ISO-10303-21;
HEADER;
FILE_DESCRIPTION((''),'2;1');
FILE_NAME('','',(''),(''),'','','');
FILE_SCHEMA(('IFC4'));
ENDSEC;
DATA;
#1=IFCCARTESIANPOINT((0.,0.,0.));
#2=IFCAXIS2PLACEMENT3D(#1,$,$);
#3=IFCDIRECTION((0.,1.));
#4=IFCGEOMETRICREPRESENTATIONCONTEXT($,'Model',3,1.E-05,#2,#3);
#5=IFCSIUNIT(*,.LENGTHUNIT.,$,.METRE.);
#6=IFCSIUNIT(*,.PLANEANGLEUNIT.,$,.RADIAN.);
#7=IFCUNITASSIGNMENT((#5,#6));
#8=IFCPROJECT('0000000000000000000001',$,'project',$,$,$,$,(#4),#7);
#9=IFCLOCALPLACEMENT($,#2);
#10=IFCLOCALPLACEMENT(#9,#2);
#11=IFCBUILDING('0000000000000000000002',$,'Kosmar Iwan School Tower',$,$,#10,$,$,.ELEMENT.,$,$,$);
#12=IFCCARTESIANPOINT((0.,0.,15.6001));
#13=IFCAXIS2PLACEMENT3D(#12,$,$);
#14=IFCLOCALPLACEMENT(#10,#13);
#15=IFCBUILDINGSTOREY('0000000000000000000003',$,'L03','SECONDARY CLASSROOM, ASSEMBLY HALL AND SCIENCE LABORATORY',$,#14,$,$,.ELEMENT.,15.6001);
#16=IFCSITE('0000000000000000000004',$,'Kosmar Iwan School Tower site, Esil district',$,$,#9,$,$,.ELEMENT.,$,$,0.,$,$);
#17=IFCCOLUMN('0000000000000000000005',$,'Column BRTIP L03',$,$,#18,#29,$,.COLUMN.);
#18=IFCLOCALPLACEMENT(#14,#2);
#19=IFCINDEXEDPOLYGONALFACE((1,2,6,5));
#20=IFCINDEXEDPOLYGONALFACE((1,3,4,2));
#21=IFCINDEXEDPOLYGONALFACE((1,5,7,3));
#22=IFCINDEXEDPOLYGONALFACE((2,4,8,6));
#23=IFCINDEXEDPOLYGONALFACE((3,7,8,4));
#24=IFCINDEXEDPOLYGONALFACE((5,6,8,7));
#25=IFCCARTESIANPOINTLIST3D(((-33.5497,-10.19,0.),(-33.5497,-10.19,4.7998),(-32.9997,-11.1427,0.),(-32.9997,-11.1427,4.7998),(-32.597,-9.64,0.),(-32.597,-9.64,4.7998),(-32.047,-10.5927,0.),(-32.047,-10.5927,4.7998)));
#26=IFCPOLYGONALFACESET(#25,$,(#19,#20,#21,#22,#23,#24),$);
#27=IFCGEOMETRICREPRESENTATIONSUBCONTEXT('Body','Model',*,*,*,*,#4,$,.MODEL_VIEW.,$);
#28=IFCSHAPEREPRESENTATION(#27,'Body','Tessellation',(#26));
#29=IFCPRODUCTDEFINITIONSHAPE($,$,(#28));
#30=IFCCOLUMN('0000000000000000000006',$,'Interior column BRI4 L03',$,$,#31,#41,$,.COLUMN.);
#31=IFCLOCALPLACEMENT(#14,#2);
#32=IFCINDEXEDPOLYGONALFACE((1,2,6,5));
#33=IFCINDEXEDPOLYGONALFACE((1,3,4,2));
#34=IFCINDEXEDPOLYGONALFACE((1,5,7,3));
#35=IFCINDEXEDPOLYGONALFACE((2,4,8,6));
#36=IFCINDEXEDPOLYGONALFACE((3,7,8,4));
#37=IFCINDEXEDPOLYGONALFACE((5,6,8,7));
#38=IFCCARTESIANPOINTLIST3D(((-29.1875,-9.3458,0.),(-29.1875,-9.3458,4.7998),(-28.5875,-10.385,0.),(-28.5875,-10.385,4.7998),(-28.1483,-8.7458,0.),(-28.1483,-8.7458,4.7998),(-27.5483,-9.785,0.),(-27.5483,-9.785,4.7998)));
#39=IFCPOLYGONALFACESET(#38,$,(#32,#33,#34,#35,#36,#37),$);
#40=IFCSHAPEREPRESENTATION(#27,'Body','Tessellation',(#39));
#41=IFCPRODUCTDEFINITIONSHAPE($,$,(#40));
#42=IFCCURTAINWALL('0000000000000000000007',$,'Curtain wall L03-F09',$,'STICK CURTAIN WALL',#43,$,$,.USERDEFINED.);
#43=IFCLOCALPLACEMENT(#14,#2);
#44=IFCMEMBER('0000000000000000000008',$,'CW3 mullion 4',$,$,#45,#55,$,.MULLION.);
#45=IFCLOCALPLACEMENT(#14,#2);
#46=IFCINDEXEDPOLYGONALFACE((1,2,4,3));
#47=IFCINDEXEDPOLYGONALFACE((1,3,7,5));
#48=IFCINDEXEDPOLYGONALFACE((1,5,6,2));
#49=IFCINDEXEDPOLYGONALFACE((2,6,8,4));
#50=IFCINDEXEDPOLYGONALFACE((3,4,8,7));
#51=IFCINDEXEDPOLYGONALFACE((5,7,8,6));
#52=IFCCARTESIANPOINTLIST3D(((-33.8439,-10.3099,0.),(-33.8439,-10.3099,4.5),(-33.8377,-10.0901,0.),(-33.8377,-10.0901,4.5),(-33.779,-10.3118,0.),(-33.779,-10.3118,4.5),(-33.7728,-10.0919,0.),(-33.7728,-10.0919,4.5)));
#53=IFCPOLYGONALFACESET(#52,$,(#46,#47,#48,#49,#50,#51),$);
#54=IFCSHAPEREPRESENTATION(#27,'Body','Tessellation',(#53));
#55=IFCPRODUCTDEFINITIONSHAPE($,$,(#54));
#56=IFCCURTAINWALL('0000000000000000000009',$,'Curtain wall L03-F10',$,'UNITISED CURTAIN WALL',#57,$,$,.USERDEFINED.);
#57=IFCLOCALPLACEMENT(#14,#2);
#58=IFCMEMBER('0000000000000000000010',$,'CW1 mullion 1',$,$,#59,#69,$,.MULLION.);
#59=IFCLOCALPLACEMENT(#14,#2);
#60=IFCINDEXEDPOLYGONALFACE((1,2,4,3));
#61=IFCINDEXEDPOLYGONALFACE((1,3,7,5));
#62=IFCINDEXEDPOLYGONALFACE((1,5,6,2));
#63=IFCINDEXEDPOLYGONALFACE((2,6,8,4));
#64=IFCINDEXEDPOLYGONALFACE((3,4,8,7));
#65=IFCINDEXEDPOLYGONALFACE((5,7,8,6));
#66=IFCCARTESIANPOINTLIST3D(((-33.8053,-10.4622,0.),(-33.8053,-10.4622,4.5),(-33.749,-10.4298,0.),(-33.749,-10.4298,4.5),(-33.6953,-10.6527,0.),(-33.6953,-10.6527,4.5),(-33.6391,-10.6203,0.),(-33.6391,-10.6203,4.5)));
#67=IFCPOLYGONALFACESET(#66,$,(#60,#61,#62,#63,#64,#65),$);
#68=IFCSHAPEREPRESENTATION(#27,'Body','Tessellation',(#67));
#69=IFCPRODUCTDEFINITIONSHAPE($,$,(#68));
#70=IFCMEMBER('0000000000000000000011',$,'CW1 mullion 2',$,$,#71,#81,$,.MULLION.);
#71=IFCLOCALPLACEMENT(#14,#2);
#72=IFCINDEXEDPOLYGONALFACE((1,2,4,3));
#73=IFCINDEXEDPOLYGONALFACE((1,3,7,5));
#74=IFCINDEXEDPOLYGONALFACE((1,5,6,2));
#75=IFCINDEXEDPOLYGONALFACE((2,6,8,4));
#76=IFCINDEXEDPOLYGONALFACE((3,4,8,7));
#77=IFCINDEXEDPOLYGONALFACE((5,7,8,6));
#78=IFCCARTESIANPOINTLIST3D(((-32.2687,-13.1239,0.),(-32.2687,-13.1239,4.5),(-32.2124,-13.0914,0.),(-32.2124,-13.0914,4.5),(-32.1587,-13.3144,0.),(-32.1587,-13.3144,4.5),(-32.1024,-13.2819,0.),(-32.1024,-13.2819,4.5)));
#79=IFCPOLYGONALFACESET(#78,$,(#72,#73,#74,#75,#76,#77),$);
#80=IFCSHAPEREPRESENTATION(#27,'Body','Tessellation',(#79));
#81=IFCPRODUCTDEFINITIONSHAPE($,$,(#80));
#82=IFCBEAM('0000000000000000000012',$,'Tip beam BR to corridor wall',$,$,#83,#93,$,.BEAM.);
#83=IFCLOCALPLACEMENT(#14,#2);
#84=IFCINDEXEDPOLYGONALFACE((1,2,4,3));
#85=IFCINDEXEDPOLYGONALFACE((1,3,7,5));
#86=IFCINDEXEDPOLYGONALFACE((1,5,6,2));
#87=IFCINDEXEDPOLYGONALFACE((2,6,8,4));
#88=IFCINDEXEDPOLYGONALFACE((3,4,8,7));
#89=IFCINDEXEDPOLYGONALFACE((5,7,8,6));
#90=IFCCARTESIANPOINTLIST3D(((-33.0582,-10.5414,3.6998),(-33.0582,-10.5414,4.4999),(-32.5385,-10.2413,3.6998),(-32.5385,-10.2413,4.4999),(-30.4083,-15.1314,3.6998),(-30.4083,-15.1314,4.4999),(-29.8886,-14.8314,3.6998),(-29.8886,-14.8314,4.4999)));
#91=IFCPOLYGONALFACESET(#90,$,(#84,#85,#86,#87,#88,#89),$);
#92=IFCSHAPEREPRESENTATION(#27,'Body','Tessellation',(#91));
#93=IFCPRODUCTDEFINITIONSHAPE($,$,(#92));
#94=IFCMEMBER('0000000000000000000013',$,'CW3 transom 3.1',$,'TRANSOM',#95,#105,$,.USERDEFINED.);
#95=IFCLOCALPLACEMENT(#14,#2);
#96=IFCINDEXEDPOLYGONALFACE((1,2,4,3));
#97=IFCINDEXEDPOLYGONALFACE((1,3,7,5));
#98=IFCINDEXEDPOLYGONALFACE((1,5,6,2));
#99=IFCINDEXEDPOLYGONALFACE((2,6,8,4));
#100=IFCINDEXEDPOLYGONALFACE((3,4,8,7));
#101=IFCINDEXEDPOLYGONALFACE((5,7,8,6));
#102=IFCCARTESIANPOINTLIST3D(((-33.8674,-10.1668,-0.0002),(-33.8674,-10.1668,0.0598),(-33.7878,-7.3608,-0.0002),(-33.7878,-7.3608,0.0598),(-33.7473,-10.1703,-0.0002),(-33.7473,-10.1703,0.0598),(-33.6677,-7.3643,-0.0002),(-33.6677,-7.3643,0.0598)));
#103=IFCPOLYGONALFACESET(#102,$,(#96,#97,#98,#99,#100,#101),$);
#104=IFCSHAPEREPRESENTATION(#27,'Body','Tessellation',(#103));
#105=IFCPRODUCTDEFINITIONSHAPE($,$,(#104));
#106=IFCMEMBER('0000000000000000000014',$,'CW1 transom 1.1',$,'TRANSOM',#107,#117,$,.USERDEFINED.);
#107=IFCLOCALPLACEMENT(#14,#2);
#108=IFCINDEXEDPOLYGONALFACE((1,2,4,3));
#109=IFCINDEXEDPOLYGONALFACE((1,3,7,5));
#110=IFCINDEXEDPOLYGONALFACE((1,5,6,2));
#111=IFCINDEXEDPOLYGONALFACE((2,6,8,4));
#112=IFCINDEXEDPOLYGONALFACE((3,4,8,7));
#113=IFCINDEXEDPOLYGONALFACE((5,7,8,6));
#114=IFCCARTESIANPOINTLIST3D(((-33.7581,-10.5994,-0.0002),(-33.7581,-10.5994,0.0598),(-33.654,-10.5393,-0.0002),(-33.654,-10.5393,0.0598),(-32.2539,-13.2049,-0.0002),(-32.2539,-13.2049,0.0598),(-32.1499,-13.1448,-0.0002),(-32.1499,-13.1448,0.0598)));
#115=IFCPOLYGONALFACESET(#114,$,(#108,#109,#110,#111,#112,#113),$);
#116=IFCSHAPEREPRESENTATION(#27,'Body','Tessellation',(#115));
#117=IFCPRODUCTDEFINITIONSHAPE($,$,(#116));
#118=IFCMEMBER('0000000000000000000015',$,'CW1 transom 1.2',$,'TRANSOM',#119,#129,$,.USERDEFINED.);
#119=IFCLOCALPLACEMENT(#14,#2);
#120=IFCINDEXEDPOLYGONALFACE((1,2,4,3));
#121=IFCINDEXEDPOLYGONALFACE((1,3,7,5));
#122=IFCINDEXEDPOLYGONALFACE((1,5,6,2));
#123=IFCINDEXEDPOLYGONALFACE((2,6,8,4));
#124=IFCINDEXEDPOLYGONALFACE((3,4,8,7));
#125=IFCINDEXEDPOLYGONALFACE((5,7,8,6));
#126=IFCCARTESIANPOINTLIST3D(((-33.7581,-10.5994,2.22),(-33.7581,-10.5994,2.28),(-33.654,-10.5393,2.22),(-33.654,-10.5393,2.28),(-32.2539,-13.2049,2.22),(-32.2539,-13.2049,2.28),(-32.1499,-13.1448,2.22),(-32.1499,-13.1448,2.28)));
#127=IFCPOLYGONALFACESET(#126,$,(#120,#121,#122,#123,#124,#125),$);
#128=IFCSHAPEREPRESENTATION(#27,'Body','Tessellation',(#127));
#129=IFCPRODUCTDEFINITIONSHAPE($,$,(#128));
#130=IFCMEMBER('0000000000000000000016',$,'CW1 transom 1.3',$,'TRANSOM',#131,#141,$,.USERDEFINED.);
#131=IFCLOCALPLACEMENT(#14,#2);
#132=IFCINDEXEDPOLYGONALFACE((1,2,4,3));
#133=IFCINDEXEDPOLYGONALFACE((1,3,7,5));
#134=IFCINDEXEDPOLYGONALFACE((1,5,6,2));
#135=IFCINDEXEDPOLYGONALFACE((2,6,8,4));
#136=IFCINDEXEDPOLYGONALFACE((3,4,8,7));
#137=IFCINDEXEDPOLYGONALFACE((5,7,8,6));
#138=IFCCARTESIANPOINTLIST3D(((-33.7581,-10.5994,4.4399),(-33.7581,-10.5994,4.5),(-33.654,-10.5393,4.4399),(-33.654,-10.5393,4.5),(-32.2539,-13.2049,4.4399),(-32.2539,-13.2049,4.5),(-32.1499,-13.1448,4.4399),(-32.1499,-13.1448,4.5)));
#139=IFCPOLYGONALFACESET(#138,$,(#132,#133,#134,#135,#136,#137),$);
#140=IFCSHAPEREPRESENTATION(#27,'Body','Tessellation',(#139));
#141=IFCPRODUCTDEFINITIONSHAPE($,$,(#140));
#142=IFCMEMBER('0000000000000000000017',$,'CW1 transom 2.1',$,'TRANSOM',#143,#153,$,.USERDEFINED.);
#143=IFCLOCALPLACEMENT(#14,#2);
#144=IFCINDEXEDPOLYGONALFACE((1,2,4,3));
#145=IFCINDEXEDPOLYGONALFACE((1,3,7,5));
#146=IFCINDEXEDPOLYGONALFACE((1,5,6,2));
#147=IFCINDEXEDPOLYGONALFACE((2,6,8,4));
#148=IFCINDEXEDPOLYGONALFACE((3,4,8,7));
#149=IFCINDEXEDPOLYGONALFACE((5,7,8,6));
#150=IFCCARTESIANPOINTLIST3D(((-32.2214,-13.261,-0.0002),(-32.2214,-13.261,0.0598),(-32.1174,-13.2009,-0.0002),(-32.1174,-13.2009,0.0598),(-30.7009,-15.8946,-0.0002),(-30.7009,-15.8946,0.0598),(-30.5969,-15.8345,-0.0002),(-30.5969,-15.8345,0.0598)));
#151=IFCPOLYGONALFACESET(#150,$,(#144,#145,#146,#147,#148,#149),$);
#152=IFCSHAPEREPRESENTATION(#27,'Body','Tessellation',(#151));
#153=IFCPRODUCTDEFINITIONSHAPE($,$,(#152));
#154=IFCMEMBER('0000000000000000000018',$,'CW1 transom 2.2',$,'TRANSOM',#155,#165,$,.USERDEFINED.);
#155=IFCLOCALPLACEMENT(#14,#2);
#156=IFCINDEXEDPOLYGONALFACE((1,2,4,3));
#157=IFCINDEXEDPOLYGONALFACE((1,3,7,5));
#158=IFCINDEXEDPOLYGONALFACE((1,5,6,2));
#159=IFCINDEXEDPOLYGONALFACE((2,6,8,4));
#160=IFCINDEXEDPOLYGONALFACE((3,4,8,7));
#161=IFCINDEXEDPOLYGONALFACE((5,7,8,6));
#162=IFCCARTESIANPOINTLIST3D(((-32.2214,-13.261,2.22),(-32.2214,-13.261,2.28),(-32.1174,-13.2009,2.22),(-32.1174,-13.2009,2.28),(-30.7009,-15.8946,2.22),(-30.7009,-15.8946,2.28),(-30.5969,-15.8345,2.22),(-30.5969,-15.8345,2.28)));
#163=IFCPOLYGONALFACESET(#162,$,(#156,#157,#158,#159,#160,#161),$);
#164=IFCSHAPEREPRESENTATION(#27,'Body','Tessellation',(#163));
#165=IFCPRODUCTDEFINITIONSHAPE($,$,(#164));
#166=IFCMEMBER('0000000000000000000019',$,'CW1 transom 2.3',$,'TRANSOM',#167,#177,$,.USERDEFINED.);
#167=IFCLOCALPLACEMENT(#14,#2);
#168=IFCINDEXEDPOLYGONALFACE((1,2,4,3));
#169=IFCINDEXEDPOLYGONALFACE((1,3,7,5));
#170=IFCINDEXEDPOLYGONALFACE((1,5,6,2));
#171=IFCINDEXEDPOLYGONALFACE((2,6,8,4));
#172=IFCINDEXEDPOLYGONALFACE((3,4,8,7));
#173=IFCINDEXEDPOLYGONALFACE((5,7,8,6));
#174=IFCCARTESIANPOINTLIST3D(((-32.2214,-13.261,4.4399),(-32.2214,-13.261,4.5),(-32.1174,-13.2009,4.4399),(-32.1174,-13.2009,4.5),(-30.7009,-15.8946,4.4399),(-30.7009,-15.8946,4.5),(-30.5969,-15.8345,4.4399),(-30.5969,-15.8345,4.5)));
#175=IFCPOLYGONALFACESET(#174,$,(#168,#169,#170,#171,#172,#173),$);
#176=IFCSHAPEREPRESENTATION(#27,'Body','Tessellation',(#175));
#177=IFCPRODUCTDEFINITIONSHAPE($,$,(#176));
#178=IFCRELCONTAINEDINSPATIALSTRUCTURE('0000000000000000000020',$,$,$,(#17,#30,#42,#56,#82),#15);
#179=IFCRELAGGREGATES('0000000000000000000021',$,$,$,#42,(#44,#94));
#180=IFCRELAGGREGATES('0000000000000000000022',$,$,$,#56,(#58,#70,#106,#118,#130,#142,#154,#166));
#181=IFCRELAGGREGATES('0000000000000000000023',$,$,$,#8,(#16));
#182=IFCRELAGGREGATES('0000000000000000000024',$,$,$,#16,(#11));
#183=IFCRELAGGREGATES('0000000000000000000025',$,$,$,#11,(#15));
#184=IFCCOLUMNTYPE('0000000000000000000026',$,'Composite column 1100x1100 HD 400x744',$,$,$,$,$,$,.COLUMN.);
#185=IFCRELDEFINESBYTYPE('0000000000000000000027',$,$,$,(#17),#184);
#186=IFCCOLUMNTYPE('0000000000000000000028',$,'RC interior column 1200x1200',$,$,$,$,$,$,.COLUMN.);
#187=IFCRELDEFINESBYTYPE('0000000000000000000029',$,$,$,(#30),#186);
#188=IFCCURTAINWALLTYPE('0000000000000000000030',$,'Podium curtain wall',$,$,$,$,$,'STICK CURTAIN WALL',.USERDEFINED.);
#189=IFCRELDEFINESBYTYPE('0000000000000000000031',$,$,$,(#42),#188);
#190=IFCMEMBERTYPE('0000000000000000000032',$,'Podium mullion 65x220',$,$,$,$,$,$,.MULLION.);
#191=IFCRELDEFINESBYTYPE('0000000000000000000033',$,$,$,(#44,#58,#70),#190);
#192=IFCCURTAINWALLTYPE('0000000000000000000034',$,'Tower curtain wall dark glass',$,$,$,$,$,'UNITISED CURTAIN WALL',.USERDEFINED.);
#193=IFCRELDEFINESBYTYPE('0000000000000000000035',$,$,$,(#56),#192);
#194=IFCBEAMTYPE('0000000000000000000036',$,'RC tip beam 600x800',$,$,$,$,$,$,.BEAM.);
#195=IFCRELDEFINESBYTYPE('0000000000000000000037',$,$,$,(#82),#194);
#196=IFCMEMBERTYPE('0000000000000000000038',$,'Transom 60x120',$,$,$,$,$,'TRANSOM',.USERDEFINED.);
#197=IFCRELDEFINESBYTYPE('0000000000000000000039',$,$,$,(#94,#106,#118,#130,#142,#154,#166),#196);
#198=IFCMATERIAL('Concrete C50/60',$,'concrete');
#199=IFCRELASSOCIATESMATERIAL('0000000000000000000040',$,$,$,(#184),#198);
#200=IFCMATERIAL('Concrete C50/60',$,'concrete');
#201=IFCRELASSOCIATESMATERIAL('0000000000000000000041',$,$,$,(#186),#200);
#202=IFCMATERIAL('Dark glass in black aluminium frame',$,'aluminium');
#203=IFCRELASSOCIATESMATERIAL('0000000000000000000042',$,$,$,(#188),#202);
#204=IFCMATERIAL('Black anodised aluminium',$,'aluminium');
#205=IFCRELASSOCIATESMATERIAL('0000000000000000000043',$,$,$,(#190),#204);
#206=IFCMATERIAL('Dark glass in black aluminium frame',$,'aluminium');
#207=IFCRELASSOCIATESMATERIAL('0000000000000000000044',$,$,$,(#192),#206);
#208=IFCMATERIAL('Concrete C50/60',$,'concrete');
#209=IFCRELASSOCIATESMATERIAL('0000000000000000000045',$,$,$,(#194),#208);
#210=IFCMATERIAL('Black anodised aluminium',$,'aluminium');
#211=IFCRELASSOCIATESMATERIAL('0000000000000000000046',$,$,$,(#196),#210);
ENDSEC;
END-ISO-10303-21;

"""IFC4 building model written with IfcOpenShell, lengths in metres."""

from ifc_helpers import new_model, si_unit, direction, frame, origin, origin_2d, place, context, subcontext, project, spatial, rectangle, extrude, material, material_profile, profile_set, type_object, element, aggregate, save


model = new_model("IFC4")

# Units and contexts
model_context = context("Model", 3, precision=1e-05, world=origin(), true_north=direction((0.0, 1.0)))
body_context = subcontext(model_context, "Body", "Model", "MODEL_VIEW")
ifc_project = project(units=[si_unit("LENGTHUNIT", "METRE"), si_unit("PLANEANGLEUNIT", "RADIAN")], contexts=[model_context])

# Site, building, storey
site_placement = place(None, origin())
site = spatial("IfcSite", under=ifc_project, at=site_placement, Name="Kosmar Iwan School Tower site, Esil district", CompositionType="ELEMENT", RefElevation=0.0)
building_placement = place(site_placement, origin())
building = spatial("IfcBuilding", under=site, at=building_placement, Name="Kosmar Iwan School Tower", CompositionType="ELEMENT")
storey_placement = place(building_placement, frame((0.0, 0.0, 15.6001)))
storey = spatial("IfcBuildingStorey", under=building, at=storey_placement, Name="L03", Description="SECONDARY CLASSROOM, ASSEMBLY HALL AND SCIENCE LABORATORY", CompositionType="ELEMENT", Elevation=15.6001)

# Columns
ifc_material_1 = material(Name="Concrete C50/60", Category="concrete")
ifc_material_profile_1 = material_profile(ifc_material_1, rectangle(XDim=1.1001, YDim=1.1001, at=origin_2d()), Name="RC 1100x1100 + HD 400x744")
ifc_profile_set_1 = profile_set([ifc_material_profile_1], Name="Concrete C50/60")
column_type_1 = type_object("IfcColumnType", Name="Composite column 1100x1100 HD 400x744", PredefinedType="COLUMN", material=ifc_profile_set_1)
column_1_placement = place(storey_placement, frame((-32.7983, -10.3914, 0.0), z_axis=(0.0, 0.0, 1.0), x_axis=(-0.866025, -0.5, 0.0)))
element("IfcColumn", 1, at=column_1_placement, inside=storey, type_object=column_type_1, Name="Column BRTIP L03", PredefinedType="COLUMN", context=body_context, shape_type="SweptSolid", body=[
    extrude(rectangle(XDim=1.1001, YDim=1.1001, at=origin_2d()), origin(), (0.0, 0.0, 1.0), 4.7998),
])
ifc_material_2 = material(Name="Concrete C50/60", Category="concrete")
ifc_material_profile_2 = material_profile(ifc_material_2, rectangle(XDim=1.2, YDim=1.2, at=origin_2d()), Name="RC 1200x1200")
ifc_profile_set_2 = profile_set([ifc_material_profile_2], Name="Concrete C50/60")
column_type_2 = type_object("IfcColumnType", Name="RC interior column 1200x1200", PredefinedType="COLUMN", material=ifc_profile_set_2)
column_2_placement = place(storey_placement, frame((-28.3679, -9.5654, 0.0), z_axis=(0.0, 0.0, 1.0), x_axis=(-0.866025, -0.5, 0.0)))
element("IfcColumn", 2, at=column_2_placement, inside=storey, type_object=column_type_2, Name="Interior column BRI4 L03", PredefinedType="COLUMN", context=body_context, shape_type="SweptSolid", body=[
    extrude(rectangle(XDim=1.2, YDim=1.2, at=origin_2d()), origin(), (0.0, 0.0, 1.0), 4.7998),
])

# Curtain wall, member
ifc_material_3 = material(Name="Dark glass in black aluminium frame", Category="aluminium")
curtain_wall_type_1 = type_object("IfcCurtainWallType", Name="Podium curtain wall", ElementType="STICK CURTAIN WALL", PredefinedType="USERDEFINED", material=ifc_material_3)
curtain_wall_1_placement = place(storey_placement, origin())
curtain_wall_1 = element("IfcCurtainWall", 3, at=curtain_wall_1_placement, inside=storey, type_object=curtain_wall_type_1, Name="Curtain wall L03-F09", ObjectType="STICK CURTAIN WALL", PredefinedType="USERDEFINED")
ifc_material_4 = material(Name="Black anodised aluminium", Category="aluminium")
ifc_material_profile_3 = material_profile(ifc_material_4, rectangle(XDim=0.0649, YDim=0.22, at=origin_2d()), Name="MULLION 65x220")
ifc_profile_set_3 = profile_set([ifc_material_profile_3], Name="Black anodised aluminium")
member_type_1 = type_object("IfcMemberType", Name="Podium mullion 65x220", PredefinedType="MULLION", material=ifc_profile_set_3)
member_1_placement = place(storey_placement, frame((-33.8083, -10.2009, 0.0), z_axis=(0.0, 0.0, 1.0), x_axis=(0.999597, -0.028386, 0.0)))
member_1 = element("IfcMember", 4, at=member_1_placement, type_object=member_type_1, Name="CW3 mullion 4", PredefinedType="MULLION", context=body_context, shape_type="SweptSolid", body=[
    extrude(rectangle(XDim=0.0649, YDim=0.22, at=origin_2d()), origin(), (0.0, 0.0, 1.0), 4.5),
])

# Curtain wall, members
ifc_material_5 = material(Name="Dark glass in black aluminium frame", Category="aluminium")
curtain_wall_type_2 = type_object("IfcCurtainWallType", Name="Tower curtain wall dark glass", ElementType="UNITISED CURTAIN WALL", PredefinedType="USERDEFINED", material=ifc_material_5)
curtain_wall_2_placement = place(storey_placement, origin())
curtain_wall_2 = element("IfcCurtainWall", 5, at=curtain_wall_2_placement, inside=storey, type_object=curtain_wall_type_2, Name="Curtain wall L03-F10", ObjectType="UNITISED CURTAIN WALL", PredefinedType="USERDEFINED")
member_2_placement = place(storey_placement, frame((-33.7222, -10.5413, 0.0), z_axis=(0.0, 0.0, 1.0), x_axis=(0.866025, 0.5, 0.0)))
member_2 = element("IfcMember", 6, at=member_2_placement, type_object=member_type_1, Name="CW1 mullion 1", PredefinedType="MULLION", context=body_context, shape_type="SweptSolid", body=[
    extrude(rectangle(XDim=0.0649, YDim=0.22, at=origin_2d()), origin(), (0.0, 0.0, 1.0), 4.5),
])
member_3_placement = place(storey_placement, frame((-32.1855, -13.2029, 0.0), z_axis=(0.0, 0.0, 1.0), x_axis=(0.866025, 0.5, 0.0)))
member_3 = element("IfcMember", 7, at=member_3_placement, type_object=member_type_1, Name="CW1 mullion 2", PredefinedType="MULLION", context=body_context, shape_type="SweptSolid", body=[
    extrude(rectangle(XDim=0.0649, YDim=0.22, at=origin_2d()), origin(), (0.0, 0.0, 1.0), 4.5),
])

# Beam
ifc_material_6 = material(Name="Concrete C50/60", Category="concrete")
ifc_material_profile_4 = material_profile(ifc_material_6, rectangle(XDim=0.6001, YDim=0.8, at=origin_2d()), Name="RC 600x800")
ifc_profile_set_4 = profile_set([ifc_material_profile_4], Name="Concrete C50/60")
beam_type = type_object("IfcBeamType", Name="RC tip beam 600x800", PredefinedType="BEAM", material=ifc_profile_set_4)
beam_placement = place(storey_placement, frame((-32.7983, -10.3914, 4.0999), z_axis=(0.499974, -0.866041, 0.0), x_axis=(0.866041, 0.499974, 0.0)))
element("IfcBeam", 8, at=beam_placement, inside=storey, type_object=beam_type, Name="Tip beam BR to corridor wall", PredefinedType="BEAM", context=body_context, shape_type="SweptSolid", body=[
    extrude(rectangle(XDim=0.6001, YDim=0.8, at=origin_2d()), origin(), (0.0, 0.0, 1.0), 5.3),
])

# Members
ifc_material_7 = material(Name="Black anodised aluminium", Category="aluminium")
ifc_material_profile_5 = material_profile(ifc_material_7, rectangle(XDim=0.1201, YDim=0.0601, at=origin_2d()), Name="TRANSOM 60x120")
ifc_profile_set_5 = profile_set([ifc_material_profile_5], Name="Black anodised aluminium")
member_type_2 = type_object("IfcMemberType", Name="Transom 60x120", ElementType="TRANSOM", PredefinedType="USERDEFINED", material=ifc_profile_set_5)
member_4_placement = place(storey_placement, frame((-33.7278, -7.3625, 0.0298), z_axis=(-0.028354, -0.999598, 0.0), x_axis=(0.999598, -0.028354, 0.0)))
member_4 = element("IfcMember", 9, at=member_4_placement, type_object=member_type_2, Name="CW3 transom 3.1", ObjectType="TRANSOM", PredefinedType="USERDEFINED", context=body_context, shape_type="SweptSolid", body=[
    extrude(rectangle(XDim=0.1201, YDim=0.0601, at=origin_2d()), origin(), (0.0, 0.0, 1.0), 2.8071),
])
member_5_placement = place(storey_placement, frame((-33.7061, -10.5693, 0.0298), z_axis=(0.499971, -0.866042, 0.0), x_axis=(0.866042, 0.499971, 0.0)))
member_5 = element("IfcMember", 10, at=member_5_placement, type_object=member_type_2, Name="CW1 transom 1.1", ObjectType="TRANSOM", PredefinedType="USERDEFINED", context=body_context, shape_type="SweptSolid", body=[
    extrude(rectangle(XDim=0.1201, YDim=0.0601, at=origin_2d()), origin(), (0.0, 0.0, 1.0), 3.0085),
])
member_6_placement = place(storey_placement, frame((-33.7061, -10.5693, 2.25), z_axis=(0.499971, -0.866042, 0.0), x_axis=(0.866042, 0.499971, 0.0)))
member_6 = element("IfcMember", 11, at=member_6_placement, type_object=member_type_2, Name="CW1 transom 1.2", ObjectType="TRANSOM", PredefinedType="USERDEFINED", context=body_context, shape_type="SweptSolid", body=[
    extrude(rectangle(XDim=0.1201, YDim=0.0601, at=origin_2d()), origin(), (0.0, 0.0, 1.0), 3.0085),
])
member_7_placement = place(storey_placement, frame((-33.7061, -10.5693, 4.47), z_axis=(0.499971, -0.866042, 0.0), x_axis=(0.866042, 0.499971, 0.0)))
member_7 = element("IfcMember", 12, at=member_7_placement, type_object=member_type_2, Name="CW1 transom 1.3", ObjectType="TRANSOM", PredefinedType="USERDEFINED", context=body_context, shape_type="SweptSolid", body=[
    extrude(rectangle(XDim=0.1201, YDim=0.0601, at=origin_2d()), origin(), (0.0, 0.0, 1.0), 3.0085),
])
member_8_placement = place(storey_placement, frame((-32.1694, -13.231, 0.0298), z_axis=(0.500007, -0.866021, 0.0), x_axis=(0.866021, 0.500007, 0.0)))
member_8 = element("IfcMember", 13, at=member_8_placement, type_object=member_type_2, Name="CW1 transom 2.1", ObjectType="TRANSOM", PredefinedType="USERDEFINED", context=body_context, shape_type="SweptSolid", body=[
    extrude(rectangle(XDim=0.1201, YDim=0.0601, at=origin_2d()), origin(), (0.0, 0.0, 1.0), 3.041),
])
member_9_placement = place(storey_placement, frame((-32.1694, -13.231, 2.25), z_axis=(0.500007, -0.866021, 0.0), x_axis=(0.866021, 0.500007, 0.0)))
member_9 = element("IfcMember", 14, at=member_9_placement, type_object=member_type_2, Name="CW1 transom 2.2", ObjectType="TRANSOM", PredefinedType="USERDEFINED", context=body_context, shape_type="SweptSolid", body=[
    extrude(rectangle(XDim=0.1201, YDim=0.0601, at=origin_2d()), origin(), (0.0, 0.0, 1.0), 3.041),
])
member_10_placement = place(storey_placement, frame((-32.1694, -13.231, 4.47), z_axis=(0.500007, -0.866021, 0.0), x_axis=(0.866021, 0.500007, 0.0)))
member_10 = element("IfcMember", 15, at=member_10_placement, type_object=member_type_2, Name="CW1 transom 2.3", ObjectType="TRANSOM", PredefinedType="USERDEFINED", context=body_context, shape_type="SweptSolid", body=[
    extrude(rectangle(XDim=0.1201, YDim=0.0601, at=origin_2d()), origin(), (0.0, 0.0, 1.0), 3.041),
])

aggregate(curtain_wall_1, [member_1, member_4])
aggregate(curtain_wall_2, [member_2, member_3, member_5, member_6, member_7, member_8, member_9, member_10])

save(model, "model.ifc")
